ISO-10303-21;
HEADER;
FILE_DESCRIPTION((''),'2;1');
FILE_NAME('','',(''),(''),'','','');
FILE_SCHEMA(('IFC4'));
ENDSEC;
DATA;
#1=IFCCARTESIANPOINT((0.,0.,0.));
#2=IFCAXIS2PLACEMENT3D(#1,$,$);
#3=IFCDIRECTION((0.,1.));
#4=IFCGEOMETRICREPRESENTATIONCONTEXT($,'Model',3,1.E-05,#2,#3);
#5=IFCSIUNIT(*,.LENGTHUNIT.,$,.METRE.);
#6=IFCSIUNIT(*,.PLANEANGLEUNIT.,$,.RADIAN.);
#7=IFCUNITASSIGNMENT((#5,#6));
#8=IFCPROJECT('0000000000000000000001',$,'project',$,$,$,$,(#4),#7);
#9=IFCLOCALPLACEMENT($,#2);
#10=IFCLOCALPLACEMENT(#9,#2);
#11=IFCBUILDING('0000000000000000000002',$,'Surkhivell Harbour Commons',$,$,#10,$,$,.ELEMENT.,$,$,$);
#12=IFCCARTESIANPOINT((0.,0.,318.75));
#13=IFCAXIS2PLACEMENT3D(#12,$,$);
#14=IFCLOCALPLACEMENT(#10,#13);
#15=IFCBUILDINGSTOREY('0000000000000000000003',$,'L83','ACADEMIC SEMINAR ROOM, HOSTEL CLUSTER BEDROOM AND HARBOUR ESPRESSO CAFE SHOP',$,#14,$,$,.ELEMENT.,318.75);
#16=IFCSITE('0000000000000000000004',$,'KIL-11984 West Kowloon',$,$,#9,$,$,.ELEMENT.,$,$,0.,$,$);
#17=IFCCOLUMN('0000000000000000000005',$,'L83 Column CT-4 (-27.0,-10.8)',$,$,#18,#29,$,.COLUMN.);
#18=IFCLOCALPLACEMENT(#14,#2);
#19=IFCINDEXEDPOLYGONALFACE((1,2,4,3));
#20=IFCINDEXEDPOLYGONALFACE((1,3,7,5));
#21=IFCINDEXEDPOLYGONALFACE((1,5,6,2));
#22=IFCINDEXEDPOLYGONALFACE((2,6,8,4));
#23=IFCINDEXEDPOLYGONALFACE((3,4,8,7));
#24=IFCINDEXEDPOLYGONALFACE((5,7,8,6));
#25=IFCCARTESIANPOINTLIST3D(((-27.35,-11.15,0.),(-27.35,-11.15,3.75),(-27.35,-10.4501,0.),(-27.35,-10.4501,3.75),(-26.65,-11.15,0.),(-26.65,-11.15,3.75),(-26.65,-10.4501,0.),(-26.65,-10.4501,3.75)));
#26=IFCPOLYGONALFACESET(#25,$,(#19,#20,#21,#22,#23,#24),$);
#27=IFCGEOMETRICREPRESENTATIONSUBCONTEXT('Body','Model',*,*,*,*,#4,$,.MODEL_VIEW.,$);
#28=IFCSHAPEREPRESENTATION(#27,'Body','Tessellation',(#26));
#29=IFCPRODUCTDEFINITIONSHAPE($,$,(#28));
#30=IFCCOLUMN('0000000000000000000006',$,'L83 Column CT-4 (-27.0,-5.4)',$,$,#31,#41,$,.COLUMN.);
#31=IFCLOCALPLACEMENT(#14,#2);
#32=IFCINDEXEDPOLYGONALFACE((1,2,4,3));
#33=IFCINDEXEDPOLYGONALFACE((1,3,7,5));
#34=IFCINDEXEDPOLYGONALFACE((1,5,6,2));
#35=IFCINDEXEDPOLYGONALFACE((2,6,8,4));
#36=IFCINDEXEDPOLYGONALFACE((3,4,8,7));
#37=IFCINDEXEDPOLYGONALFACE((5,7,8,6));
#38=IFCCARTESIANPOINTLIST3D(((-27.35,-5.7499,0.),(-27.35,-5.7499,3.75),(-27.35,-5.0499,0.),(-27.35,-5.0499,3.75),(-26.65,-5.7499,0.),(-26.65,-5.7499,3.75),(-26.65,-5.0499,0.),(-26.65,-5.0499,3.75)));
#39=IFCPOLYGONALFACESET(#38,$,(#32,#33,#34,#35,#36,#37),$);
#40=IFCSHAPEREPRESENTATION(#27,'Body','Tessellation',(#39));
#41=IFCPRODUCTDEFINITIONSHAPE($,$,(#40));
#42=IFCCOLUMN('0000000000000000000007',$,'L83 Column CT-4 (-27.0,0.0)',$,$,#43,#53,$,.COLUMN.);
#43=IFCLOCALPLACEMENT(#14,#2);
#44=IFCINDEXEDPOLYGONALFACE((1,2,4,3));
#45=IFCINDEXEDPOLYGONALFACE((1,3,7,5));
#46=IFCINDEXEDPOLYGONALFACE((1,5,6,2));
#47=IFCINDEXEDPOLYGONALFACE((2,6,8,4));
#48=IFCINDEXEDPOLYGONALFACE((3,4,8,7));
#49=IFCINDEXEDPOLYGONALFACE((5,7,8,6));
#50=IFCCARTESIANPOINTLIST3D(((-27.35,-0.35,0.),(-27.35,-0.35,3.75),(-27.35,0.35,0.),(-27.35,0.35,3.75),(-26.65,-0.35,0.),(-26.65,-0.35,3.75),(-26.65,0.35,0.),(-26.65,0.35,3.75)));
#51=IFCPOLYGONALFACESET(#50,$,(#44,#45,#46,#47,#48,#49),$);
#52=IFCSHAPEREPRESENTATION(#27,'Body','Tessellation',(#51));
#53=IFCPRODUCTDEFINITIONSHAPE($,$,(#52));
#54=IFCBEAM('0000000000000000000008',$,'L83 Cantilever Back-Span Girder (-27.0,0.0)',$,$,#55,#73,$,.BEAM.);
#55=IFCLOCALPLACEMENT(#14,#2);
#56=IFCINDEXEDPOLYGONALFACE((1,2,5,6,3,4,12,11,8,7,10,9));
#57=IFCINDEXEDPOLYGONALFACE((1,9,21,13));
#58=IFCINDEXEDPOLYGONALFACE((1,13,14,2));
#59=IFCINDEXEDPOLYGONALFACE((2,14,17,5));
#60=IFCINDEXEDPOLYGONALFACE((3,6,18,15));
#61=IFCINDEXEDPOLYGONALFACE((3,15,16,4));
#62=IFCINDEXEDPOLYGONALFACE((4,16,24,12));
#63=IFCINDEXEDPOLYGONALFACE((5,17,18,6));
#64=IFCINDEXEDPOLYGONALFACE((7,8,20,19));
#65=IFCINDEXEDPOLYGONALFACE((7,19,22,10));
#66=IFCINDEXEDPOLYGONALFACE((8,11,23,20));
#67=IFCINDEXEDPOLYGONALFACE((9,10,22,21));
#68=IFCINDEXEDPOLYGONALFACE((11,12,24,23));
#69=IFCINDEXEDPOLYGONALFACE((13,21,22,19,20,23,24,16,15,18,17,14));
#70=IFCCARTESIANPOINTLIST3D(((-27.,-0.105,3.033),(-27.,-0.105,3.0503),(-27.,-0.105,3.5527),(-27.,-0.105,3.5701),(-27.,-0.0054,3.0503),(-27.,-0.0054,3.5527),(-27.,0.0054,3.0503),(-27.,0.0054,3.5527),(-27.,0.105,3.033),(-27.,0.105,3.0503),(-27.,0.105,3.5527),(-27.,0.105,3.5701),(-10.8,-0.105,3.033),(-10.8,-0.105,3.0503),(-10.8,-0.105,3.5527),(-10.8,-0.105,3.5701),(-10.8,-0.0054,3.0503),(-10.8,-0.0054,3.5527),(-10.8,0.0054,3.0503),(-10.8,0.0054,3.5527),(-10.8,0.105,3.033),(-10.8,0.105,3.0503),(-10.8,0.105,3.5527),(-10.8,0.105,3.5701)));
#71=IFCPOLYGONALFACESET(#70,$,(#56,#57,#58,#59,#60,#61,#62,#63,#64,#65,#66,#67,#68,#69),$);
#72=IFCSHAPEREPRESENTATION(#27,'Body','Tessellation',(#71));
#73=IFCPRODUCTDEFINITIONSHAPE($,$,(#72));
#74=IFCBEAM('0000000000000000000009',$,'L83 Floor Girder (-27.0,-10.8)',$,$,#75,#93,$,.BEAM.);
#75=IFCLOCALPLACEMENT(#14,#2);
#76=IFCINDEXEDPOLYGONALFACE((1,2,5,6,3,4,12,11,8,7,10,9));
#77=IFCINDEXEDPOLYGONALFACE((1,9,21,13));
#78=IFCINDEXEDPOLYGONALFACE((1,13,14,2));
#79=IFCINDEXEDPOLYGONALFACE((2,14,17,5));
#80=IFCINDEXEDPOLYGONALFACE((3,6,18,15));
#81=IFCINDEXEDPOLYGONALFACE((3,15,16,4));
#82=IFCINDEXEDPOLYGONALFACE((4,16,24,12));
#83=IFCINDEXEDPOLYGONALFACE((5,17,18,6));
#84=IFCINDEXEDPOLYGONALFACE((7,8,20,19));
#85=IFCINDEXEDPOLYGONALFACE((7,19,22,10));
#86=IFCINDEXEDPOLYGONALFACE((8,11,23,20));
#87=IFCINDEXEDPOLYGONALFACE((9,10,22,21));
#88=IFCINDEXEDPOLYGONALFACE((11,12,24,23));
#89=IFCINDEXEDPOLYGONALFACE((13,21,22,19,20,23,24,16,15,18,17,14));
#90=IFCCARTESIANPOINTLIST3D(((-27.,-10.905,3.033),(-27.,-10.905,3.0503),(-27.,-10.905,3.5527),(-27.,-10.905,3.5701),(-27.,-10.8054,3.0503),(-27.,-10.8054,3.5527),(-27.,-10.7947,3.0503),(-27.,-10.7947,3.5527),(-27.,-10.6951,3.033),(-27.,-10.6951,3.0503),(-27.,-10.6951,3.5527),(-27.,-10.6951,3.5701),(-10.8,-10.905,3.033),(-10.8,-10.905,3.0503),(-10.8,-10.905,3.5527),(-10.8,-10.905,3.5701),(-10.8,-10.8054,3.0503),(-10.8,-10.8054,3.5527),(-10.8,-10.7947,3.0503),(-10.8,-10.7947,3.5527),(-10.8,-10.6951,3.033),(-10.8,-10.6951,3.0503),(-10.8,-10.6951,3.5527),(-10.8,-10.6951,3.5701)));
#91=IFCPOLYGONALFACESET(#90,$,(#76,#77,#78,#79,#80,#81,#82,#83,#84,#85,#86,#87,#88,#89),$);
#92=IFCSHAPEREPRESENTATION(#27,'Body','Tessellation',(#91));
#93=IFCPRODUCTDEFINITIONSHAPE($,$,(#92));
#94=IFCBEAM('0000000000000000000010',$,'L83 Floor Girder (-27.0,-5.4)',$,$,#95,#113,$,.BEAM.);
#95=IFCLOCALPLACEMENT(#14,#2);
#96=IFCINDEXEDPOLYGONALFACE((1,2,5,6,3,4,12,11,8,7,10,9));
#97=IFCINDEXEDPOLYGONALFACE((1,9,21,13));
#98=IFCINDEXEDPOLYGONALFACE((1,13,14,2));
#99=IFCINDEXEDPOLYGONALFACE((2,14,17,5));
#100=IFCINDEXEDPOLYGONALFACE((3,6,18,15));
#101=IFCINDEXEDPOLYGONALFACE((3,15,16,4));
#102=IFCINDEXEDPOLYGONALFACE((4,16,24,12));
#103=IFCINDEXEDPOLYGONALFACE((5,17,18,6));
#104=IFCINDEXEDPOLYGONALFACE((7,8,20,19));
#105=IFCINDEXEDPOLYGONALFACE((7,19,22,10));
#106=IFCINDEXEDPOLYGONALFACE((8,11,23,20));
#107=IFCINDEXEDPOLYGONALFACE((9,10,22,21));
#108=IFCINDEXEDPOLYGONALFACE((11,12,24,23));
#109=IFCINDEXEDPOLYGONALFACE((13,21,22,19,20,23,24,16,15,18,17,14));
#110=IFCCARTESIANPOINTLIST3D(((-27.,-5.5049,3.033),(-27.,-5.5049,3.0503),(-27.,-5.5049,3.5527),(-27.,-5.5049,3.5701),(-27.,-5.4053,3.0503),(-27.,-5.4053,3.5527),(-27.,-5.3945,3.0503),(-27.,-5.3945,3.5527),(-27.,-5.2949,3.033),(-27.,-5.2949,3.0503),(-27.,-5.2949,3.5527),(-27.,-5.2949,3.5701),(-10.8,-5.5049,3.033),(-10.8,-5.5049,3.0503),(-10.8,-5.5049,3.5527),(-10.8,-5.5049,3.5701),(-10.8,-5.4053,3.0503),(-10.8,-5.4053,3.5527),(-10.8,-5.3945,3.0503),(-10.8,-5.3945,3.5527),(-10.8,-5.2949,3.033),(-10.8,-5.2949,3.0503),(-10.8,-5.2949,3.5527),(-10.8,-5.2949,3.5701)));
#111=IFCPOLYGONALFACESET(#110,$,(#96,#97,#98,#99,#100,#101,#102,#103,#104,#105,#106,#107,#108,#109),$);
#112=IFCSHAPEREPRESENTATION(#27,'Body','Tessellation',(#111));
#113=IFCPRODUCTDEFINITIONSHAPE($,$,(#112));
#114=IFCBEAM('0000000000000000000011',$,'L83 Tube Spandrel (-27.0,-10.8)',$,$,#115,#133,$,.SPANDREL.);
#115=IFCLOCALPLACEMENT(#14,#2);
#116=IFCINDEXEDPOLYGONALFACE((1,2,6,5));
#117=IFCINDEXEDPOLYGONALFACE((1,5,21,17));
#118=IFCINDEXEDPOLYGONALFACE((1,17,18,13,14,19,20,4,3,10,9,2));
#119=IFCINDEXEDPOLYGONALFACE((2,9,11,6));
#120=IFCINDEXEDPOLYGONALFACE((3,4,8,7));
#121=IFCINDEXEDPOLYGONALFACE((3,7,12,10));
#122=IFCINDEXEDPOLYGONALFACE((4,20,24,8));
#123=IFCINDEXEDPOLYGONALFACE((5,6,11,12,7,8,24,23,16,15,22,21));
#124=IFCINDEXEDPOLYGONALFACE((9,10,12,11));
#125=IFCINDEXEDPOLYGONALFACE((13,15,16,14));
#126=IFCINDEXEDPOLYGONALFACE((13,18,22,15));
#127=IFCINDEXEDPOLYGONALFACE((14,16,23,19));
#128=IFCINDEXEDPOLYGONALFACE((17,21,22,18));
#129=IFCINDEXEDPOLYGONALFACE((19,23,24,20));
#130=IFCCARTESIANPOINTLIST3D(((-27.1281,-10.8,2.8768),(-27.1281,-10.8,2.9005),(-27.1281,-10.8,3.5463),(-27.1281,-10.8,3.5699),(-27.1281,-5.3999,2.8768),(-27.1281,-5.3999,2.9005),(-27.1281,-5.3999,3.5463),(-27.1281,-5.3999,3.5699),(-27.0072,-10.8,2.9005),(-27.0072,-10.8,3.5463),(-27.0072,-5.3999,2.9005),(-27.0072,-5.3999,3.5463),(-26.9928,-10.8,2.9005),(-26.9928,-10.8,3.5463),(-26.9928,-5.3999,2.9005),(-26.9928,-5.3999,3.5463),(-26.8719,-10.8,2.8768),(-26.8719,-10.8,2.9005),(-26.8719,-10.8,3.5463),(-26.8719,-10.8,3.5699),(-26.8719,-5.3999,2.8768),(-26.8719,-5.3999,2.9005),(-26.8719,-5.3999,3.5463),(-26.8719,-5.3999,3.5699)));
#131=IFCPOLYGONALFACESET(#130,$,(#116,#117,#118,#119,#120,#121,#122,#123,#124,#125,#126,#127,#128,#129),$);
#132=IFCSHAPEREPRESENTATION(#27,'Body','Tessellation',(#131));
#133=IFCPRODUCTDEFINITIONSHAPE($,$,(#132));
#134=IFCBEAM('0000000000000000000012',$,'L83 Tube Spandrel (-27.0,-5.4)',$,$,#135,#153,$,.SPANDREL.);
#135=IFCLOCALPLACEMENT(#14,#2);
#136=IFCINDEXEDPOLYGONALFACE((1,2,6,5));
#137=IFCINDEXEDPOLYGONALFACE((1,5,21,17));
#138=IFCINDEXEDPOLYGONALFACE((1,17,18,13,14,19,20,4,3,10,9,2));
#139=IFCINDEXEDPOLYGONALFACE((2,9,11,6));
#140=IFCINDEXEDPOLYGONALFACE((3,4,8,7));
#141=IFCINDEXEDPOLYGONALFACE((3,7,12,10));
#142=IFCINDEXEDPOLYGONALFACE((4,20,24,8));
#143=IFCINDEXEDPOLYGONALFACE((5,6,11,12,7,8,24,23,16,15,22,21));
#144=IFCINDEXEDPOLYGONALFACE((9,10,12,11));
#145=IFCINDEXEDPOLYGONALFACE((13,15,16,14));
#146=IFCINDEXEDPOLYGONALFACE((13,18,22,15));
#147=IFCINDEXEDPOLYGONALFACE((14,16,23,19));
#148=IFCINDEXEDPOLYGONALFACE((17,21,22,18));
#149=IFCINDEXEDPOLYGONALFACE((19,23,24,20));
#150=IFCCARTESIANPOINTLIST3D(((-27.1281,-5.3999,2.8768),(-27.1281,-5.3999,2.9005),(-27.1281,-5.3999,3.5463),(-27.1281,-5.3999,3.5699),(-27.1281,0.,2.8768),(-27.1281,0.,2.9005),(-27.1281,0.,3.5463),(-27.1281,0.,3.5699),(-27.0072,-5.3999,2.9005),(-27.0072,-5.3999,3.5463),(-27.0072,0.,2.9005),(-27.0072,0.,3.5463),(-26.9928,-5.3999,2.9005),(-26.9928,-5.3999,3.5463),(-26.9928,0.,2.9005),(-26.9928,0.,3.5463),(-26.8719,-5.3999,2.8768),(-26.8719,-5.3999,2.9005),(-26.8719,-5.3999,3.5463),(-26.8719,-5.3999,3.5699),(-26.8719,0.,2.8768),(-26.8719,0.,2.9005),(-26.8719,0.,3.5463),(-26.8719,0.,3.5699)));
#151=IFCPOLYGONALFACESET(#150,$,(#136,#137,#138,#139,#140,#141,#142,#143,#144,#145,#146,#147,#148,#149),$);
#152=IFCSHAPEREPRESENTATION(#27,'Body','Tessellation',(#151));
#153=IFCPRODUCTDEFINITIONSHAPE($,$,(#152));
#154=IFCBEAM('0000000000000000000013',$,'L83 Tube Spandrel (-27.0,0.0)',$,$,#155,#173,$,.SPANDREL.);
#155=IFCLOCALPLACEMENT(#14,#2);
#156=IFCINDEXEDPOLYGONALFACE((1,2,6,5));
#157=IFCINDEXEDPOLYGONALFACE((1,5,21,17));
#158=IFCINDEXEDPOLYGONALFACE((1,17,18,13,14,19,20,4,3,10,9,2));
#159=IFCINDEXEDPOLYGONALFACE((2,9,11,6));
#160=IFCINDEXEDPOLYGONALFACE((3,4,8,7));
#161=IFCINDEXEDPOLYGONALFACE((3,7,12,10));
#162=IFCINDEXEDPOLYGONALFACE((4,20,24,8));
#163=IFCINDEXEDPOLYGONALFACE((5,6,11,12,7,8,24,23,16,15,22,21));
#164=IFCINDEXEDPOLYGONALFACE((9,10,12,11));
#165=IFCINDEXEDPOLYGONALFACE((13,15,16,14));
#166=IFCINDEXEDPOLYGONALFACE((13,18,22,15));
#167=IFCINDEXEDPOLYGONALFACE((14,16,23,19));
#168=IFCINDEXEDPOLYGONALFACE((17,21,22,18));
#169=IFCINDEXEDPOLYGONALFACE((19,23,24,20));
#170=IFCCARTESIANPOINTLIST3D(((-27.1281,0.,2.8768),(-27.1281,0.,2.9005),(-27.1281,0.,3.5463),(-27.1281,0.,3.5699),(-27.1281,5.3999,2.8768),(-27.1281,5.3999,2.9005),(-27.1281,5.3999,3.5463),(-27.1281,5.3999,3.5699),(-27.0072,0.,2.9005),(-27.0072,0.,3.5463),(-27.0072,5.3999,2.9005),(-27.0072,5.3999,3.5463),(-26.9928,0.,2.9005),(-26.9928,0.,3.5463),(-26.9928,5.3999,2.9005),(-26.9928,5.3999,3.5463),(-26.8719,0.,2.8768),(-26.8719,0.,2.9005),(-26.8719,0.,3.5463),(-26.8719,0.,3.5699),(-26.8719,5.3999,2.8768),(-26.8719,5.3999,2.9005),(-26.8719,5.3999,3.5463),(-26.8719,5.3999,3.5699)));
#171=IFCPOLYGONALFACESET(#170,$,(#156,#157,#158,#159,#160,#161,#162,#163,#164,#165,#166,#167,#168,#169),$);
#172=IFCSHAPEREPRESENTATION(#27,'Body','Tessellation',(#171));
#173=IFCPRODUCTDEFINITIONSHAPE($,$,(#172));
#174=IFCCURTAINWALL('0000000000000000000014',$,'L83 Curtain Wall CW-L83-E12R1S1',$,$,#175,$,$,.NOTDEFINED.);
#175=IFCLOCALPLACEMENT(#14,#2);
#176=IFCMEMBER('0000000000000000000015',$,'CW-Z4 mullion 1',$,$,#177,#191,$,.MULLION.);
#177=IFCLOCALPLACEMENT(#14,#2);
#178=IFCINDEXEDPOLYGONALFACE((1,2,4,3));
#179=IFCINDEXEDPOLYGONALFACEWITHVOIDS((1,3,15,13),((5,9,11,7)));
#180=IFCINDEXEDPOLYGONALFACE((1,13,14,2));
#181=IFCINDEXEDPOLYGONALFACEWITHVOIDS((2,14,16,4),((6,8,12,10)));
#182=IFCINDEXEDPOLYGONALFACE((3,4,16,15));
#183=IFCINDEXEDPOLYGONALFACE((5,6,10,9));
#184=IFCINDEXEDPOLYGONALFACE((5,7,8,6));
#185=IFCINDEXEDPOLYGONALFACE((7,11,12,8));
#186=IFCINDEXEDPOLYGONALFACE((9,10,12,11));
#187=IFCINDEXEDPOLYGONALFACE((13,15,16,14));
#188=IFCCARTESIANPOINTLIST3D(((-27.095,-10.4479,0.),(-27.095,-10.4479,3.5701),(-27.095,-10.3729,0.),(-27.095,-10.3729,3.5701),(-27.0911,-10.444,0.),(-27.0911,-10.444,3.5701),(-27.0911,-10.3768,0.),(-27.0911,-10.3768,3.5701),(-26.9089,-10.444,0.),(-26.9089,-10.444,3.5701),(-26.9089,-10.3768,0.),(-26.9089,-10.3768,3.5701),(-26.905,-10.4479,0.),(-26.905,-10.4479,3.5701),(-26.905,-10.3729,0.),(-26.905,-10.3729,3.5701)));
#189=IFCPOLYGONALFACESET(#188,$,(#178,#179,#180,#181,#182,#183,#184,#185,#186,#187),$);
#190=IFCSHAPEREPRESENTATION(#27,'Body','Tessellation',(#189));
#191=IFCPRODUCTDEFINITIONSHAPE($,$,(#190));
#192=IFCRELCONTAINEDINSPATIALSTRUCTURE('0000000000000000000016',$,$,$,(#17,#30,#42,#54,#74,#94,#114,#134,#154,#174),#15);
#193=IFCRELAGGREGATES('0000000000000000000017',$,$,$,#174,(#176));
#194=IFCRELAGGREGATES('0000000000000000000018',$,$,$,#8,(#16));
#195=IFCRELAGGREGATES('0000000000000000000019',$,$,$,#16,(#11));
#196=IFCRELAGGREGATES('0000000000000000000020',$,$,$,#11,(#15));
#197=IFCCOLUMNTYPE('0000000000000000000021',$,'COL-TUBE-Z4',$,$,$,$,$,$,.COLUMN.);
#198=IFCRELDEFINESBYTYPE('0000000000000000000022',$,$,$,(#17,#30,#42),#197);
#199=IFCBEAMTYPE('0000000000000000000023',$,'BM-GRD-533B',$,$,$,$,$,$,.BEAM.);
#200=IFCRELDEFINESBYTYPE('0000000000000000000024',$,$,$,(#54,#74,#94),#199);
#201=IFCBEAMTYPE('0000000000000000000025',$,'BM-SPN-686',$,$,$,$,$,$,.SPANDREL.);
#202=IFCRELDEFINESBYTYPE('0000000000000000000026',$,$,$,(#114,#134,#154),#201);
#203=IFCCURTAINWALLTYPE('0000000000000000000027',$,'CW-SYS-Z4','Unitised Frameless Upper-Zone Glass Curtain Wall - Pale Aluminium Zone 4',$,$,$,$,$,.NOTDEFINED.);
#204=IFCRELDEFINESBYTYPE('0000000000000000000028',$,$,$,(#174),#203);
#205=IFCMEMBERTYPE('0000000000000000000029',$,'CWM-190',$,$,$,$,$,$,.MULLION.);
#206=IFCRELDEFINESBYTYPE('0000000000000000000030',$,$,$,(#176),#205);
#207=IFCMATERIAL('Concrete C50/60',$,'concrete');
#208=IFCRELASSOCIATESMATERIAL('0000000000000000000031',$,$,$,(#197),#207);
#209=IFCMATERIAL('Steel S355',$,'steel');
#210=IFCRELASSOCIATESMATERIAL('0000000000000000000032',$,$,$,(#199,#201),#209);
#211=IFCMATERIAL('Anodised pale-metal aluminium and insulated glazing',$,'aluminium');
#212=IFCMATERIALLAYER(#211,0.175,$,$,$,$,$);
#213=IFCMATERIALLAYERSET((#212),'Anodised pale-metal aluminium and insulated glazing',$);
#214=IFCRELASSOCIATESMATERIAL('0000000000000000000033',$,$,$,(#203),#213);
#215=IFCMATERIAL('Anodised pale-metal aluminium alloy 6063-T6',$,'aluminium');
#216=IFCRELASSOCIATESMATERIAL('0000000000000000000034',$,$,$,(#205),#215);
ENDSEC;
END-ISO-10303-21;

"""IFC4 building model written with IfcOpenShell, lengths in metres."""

from ifc_helpers import new_model, si_unit, direction, frame, origin, origin_2d, place, context, subcontext, project, spatial, rectangle, hollow_rectangle, i_section, extrude, material, layer, layer_set, material_profile, profile_set, type_object, element, aggregate, save


model = new_model("IFC4")

# Units and contexts
model_context = context("Model", 3, precision=1e-05, world=origin(), true_north=direction((0.0, 1.0)))
body_context = subcontext(model_context, "Body", "Model", "MODEL_VIEW")
ifc_project = project(units=[si_unit("LENGTHUNIT", "METRE"), si_unit("PLANEANGLEUNIT", "RADIAN")], contexts=[model_context])

# Site, building, storey
site_placement = place(None, origin())
site = spatial("IfcSite", under=ifc_project, at=site_placement, Name="KIL-11984 West Kowloon", CompositionType="ELEMENT", RefElevation=0.0)
building_placement = place(site_placement, origin())
building = spatial("IfcBuilding", under=site, at=building_placement, Name="Surkhivell Harbour Commons", CompositionType="ELEMENT")
storey_placement = place(building_placement, frame((0.0, 0.0, 318.75)))
storey = spatial("IfcBuildingStorey", under=building, at=storey_placement, Name="L83", Description="ACADEMIC SEMINAR ROOM, HOSTEL CLUSTER BEDROOM AND HARBOUR ESPRESSO CAFE SHOP", CompositionType="ELEMENT", Elevation=318.75)

# Columns
ifc_material_1 = material(Name="Concrete C50/60", Category="concrete")
ifc_material_profile_1 = material_profile(ifc_material_1, rectangle(XDim=0.7, YDim=0.7, at=origin_2d()), Name="RC-COL-700x700")
ifc_profile_set_1 = profile_set([ifc_material_profile_1], Name="Concrete C50/60")
column_type = type_object("IfcColumnType", Name="COL-TUBE-Z4", PredefinedType="COLUMN", material=ifc_profile_set_1)
for number, where, z_axis, x_axis, name in (
    (1, (-27.0, -10.8, 0.0), (0.0, 0.0, 1.0), (1.0, 0.0, 0.0), "L83 Column CT-4 (-27.0,-10.8)"),
    (2, (-27.0, -5.3999, 0.0), (0.0, 0.0, 1.0), (1.0, 0.0, 0.0), "L83 Column CT-4 (-27.0,-5.4)"),
    (3, (-27.0, 0.0, 0.0), (0.0, 0.0, 1.0), (1.0, 0.0, 0.0), "L83 Column CT-4 (-27.0,0.0)"),
):
    element("IfcColumn", number, at=place(storey_placement, frame(where, z_axis=z_axis, x_axis=x_axis)), inside=storey, type_object=column_type, Name=name, PredefinedType="COLUMN", context=body_context, shape_type="SweptSolid", body=[
        extrude(rectangle(XDim=0.7, YDim=0.7, at=origin_2d()), origin(), (0.0, 0.0, 1.0), 3.75),
    ])

# Beams
ifc_material_2 = material(Name="Steel S355", Category="steel")
ifc_material_profile_2 = material_profile(ifc_material_2, i_section(OverallWidth=0.21, OverallDepth=0.5371, WebThickness=0.0107, FlangeThickness=0.0173, at=origin_2d()), Name="UB533x210x101")
ifc_profile_set_2 = profile_set([ifc_material_profile_2], Name="Steel S355")
beam_type_1 = type_object("IfcBeamType", Name="BM-GRD-533B", PredefinedType="BEAM", material=ifc_profile_set_2)
for number, where, z_axis, x_axis, name in (
    (4, (-27.0, 0.0, 3.3015), (1.0, 0.0, 0.0), (0.0, 1.0, 0.0), "L83 Cantilever Back-Span Girder (-27.0,0.0)"),
    (5, (-27.0, -10.8, 3.3015), (1.0, 0.0, 0.0), (0.0, 1.0, 0.0), "L83 Floor Girder (-27.0,-10.8)"),
    (6, (-27.0, -5.3999, 3.3015), (1.0, 0.0, 0.0), (0.0, 1.0, 0.0), "L83 Floor Girder (-27.0,-5.4)"),
):
    element("IfcBeam", number, at=place(storey_placement, frame(where, z_axis=z_axis, x_axis=x_axis)), inside=storey, type_object=beam_type_1, Name=name, PredefinedType="BEAM", context=body_context, shape_type="SweptSolid", body=[
        extrude(i_section(OverallWidth=0.21, OverallDepth=0.5371, WebThickness=0.0107, FlangeThickness=0.0173, at=origin_2d()), origin(), (0.0, 0.0, 1.0), 16.2),
    ])
ifc_material_profile_3 = material_profile(ifc_material_2, i_section(OverallWidth=0.2561, OverallDepth=0.6931, WebThickness=0.0144, FlangeThickness=0.0237, at=origin_2d()), Name="UB686x254x170")
ifc_profile_set_3 = profile_set([ifc_material_profile_3], Name="Steel S355")
beam_type_2 = type_object("IfcBeamType", Name="BM-SPN-686", PredefinedType="SPANDREL", material=ifc_profile_set_3)
beam_placement = place(storey_placement, frame((-27.0, -10.8, 3.2234), z_axis=(0.0, 1.0, 0.0), x_axis=(-1.0, 0.0, 0.0)))
element("IfcBeam", 7, at=beam_placement, inside=storey, type_object=beam_type_2, Name="L83 Tube Spandrel (-27.0,-10.8)", PredefinedType="SPANDREL", context=body_context, shape_type="SweptSolid", body=[
    extrude(i_section(OverallWidth=0.2561, OverallDepth=0.6931, WebThickness=0.0144, FlangeThickness=0.0237, at=origin_2d()), origin(), (0.0, 0.0, 1.0), 5.4001),
])
for number, where, z_axis, x_axis, name in (
    (8, (-27.0, -5.3999, 3.2234), (0.0, 1.0, 0.0), (-1.0, 0.0, 0.0), "L83 Tube Spandrel (-27.0,-5.4)"),
    (9, (-27.0, 0.0, 3.2234), (0.0, 1.0, 0.0), (-1.0, 0.0, 0.0), "L83 Tube Spandrel (-27.0,0.0)"),
):
    element("IfcBeam", number, at=place(storey_placement, frame(where, z_axis=z_axis, x_axis=x_axis)), inside=storey, type_object=beam_type_2, Name=name, PredefinedType="SPANDREL", context=body_context, shape_type="SweptSolid", body=[
        extrude(i_section(OverallWidth=0.2561, OverallDepth=0.6931, WebThickness=0.0144, FlangeThickness=0.0237, at=origin_2d()), origin(), (0.0, 0.0, 1.0), 5.3999),
    ])

# Curtain wall, member
ifc_material_3 = material(Name="Anodised pale-metal aluminium and insulated glazing", Category="aluminium")
ifc_layer_1 = layer(ifc_material_3, 0.175)
ifc_layer_set_1 = layer_set([ifc_layer_1], Name="Anodised pale-metal aluminium and insulated glazing")
curtain_wall_type = type_object("IfcCurtainWallType", Name="CW-SYS-Z4", Description="Unitised Frameless Upper-Zone Glass Curtain Wall - Pale Aluminium Zone 4", PredefinedType="NOTDEFINED", material=ifc_layer_set_1)
curtain_wall_placement = place(storey_placement, origin())
curtain_wall = element("IfcCurtainWall", 10, at=curtain_wall_placement, inside=storey, type_object=curtain_wall_type, Name="L83 Curtain Wall CW-L83-E12R1S1", PredefinedType="NOTDEFINED")
ifc_material_4 = material(Name="Anodised pale-metal aluminium alloy 6063-T6", Category="aluminium")
ifc_material_profile_4 = material_profile(ifc_material_4, hollow_rectangle(XDim=0.075, YDim=0.1899, WallThickness=0.0039, at=origin_2d()), Name="ALU-MULL-75x190")
ifc_profile_set_4 = profile_set([ifc_material_profile_4], Name="Anodised pale-metal aluminium alloy 6063-T6")
member_type_1 = type_object("IfcMemberType", Name="CWM-190", PredefinedType="MULLION", material=ifc_profile_set_4)
member_1_placement = place(storey_placement, frame((-27.0, -10.4104, 0.0), z_axis=(0.0, 0.0, 1.0), x_axis=(0.0, 1.0, 0.0)))
member_1 = element("IfcMember", 11, at=member_1_placement, type_object=member_type_1, Name="CW-Z4 mullion 1", PredefinedType="MULLION", context=body_context, shape_type="SweptSolid", body=[
    extrude(hollow_rectangle(XDim=0.075, YDim=0.1899, WallThickness=0.0039, at=origin_2d()), origin(), (0.0, 0.0, 1.0), 3.5701),
])

aggregate(curtain_wall, [member_1])

save(model, "model.ifc")
